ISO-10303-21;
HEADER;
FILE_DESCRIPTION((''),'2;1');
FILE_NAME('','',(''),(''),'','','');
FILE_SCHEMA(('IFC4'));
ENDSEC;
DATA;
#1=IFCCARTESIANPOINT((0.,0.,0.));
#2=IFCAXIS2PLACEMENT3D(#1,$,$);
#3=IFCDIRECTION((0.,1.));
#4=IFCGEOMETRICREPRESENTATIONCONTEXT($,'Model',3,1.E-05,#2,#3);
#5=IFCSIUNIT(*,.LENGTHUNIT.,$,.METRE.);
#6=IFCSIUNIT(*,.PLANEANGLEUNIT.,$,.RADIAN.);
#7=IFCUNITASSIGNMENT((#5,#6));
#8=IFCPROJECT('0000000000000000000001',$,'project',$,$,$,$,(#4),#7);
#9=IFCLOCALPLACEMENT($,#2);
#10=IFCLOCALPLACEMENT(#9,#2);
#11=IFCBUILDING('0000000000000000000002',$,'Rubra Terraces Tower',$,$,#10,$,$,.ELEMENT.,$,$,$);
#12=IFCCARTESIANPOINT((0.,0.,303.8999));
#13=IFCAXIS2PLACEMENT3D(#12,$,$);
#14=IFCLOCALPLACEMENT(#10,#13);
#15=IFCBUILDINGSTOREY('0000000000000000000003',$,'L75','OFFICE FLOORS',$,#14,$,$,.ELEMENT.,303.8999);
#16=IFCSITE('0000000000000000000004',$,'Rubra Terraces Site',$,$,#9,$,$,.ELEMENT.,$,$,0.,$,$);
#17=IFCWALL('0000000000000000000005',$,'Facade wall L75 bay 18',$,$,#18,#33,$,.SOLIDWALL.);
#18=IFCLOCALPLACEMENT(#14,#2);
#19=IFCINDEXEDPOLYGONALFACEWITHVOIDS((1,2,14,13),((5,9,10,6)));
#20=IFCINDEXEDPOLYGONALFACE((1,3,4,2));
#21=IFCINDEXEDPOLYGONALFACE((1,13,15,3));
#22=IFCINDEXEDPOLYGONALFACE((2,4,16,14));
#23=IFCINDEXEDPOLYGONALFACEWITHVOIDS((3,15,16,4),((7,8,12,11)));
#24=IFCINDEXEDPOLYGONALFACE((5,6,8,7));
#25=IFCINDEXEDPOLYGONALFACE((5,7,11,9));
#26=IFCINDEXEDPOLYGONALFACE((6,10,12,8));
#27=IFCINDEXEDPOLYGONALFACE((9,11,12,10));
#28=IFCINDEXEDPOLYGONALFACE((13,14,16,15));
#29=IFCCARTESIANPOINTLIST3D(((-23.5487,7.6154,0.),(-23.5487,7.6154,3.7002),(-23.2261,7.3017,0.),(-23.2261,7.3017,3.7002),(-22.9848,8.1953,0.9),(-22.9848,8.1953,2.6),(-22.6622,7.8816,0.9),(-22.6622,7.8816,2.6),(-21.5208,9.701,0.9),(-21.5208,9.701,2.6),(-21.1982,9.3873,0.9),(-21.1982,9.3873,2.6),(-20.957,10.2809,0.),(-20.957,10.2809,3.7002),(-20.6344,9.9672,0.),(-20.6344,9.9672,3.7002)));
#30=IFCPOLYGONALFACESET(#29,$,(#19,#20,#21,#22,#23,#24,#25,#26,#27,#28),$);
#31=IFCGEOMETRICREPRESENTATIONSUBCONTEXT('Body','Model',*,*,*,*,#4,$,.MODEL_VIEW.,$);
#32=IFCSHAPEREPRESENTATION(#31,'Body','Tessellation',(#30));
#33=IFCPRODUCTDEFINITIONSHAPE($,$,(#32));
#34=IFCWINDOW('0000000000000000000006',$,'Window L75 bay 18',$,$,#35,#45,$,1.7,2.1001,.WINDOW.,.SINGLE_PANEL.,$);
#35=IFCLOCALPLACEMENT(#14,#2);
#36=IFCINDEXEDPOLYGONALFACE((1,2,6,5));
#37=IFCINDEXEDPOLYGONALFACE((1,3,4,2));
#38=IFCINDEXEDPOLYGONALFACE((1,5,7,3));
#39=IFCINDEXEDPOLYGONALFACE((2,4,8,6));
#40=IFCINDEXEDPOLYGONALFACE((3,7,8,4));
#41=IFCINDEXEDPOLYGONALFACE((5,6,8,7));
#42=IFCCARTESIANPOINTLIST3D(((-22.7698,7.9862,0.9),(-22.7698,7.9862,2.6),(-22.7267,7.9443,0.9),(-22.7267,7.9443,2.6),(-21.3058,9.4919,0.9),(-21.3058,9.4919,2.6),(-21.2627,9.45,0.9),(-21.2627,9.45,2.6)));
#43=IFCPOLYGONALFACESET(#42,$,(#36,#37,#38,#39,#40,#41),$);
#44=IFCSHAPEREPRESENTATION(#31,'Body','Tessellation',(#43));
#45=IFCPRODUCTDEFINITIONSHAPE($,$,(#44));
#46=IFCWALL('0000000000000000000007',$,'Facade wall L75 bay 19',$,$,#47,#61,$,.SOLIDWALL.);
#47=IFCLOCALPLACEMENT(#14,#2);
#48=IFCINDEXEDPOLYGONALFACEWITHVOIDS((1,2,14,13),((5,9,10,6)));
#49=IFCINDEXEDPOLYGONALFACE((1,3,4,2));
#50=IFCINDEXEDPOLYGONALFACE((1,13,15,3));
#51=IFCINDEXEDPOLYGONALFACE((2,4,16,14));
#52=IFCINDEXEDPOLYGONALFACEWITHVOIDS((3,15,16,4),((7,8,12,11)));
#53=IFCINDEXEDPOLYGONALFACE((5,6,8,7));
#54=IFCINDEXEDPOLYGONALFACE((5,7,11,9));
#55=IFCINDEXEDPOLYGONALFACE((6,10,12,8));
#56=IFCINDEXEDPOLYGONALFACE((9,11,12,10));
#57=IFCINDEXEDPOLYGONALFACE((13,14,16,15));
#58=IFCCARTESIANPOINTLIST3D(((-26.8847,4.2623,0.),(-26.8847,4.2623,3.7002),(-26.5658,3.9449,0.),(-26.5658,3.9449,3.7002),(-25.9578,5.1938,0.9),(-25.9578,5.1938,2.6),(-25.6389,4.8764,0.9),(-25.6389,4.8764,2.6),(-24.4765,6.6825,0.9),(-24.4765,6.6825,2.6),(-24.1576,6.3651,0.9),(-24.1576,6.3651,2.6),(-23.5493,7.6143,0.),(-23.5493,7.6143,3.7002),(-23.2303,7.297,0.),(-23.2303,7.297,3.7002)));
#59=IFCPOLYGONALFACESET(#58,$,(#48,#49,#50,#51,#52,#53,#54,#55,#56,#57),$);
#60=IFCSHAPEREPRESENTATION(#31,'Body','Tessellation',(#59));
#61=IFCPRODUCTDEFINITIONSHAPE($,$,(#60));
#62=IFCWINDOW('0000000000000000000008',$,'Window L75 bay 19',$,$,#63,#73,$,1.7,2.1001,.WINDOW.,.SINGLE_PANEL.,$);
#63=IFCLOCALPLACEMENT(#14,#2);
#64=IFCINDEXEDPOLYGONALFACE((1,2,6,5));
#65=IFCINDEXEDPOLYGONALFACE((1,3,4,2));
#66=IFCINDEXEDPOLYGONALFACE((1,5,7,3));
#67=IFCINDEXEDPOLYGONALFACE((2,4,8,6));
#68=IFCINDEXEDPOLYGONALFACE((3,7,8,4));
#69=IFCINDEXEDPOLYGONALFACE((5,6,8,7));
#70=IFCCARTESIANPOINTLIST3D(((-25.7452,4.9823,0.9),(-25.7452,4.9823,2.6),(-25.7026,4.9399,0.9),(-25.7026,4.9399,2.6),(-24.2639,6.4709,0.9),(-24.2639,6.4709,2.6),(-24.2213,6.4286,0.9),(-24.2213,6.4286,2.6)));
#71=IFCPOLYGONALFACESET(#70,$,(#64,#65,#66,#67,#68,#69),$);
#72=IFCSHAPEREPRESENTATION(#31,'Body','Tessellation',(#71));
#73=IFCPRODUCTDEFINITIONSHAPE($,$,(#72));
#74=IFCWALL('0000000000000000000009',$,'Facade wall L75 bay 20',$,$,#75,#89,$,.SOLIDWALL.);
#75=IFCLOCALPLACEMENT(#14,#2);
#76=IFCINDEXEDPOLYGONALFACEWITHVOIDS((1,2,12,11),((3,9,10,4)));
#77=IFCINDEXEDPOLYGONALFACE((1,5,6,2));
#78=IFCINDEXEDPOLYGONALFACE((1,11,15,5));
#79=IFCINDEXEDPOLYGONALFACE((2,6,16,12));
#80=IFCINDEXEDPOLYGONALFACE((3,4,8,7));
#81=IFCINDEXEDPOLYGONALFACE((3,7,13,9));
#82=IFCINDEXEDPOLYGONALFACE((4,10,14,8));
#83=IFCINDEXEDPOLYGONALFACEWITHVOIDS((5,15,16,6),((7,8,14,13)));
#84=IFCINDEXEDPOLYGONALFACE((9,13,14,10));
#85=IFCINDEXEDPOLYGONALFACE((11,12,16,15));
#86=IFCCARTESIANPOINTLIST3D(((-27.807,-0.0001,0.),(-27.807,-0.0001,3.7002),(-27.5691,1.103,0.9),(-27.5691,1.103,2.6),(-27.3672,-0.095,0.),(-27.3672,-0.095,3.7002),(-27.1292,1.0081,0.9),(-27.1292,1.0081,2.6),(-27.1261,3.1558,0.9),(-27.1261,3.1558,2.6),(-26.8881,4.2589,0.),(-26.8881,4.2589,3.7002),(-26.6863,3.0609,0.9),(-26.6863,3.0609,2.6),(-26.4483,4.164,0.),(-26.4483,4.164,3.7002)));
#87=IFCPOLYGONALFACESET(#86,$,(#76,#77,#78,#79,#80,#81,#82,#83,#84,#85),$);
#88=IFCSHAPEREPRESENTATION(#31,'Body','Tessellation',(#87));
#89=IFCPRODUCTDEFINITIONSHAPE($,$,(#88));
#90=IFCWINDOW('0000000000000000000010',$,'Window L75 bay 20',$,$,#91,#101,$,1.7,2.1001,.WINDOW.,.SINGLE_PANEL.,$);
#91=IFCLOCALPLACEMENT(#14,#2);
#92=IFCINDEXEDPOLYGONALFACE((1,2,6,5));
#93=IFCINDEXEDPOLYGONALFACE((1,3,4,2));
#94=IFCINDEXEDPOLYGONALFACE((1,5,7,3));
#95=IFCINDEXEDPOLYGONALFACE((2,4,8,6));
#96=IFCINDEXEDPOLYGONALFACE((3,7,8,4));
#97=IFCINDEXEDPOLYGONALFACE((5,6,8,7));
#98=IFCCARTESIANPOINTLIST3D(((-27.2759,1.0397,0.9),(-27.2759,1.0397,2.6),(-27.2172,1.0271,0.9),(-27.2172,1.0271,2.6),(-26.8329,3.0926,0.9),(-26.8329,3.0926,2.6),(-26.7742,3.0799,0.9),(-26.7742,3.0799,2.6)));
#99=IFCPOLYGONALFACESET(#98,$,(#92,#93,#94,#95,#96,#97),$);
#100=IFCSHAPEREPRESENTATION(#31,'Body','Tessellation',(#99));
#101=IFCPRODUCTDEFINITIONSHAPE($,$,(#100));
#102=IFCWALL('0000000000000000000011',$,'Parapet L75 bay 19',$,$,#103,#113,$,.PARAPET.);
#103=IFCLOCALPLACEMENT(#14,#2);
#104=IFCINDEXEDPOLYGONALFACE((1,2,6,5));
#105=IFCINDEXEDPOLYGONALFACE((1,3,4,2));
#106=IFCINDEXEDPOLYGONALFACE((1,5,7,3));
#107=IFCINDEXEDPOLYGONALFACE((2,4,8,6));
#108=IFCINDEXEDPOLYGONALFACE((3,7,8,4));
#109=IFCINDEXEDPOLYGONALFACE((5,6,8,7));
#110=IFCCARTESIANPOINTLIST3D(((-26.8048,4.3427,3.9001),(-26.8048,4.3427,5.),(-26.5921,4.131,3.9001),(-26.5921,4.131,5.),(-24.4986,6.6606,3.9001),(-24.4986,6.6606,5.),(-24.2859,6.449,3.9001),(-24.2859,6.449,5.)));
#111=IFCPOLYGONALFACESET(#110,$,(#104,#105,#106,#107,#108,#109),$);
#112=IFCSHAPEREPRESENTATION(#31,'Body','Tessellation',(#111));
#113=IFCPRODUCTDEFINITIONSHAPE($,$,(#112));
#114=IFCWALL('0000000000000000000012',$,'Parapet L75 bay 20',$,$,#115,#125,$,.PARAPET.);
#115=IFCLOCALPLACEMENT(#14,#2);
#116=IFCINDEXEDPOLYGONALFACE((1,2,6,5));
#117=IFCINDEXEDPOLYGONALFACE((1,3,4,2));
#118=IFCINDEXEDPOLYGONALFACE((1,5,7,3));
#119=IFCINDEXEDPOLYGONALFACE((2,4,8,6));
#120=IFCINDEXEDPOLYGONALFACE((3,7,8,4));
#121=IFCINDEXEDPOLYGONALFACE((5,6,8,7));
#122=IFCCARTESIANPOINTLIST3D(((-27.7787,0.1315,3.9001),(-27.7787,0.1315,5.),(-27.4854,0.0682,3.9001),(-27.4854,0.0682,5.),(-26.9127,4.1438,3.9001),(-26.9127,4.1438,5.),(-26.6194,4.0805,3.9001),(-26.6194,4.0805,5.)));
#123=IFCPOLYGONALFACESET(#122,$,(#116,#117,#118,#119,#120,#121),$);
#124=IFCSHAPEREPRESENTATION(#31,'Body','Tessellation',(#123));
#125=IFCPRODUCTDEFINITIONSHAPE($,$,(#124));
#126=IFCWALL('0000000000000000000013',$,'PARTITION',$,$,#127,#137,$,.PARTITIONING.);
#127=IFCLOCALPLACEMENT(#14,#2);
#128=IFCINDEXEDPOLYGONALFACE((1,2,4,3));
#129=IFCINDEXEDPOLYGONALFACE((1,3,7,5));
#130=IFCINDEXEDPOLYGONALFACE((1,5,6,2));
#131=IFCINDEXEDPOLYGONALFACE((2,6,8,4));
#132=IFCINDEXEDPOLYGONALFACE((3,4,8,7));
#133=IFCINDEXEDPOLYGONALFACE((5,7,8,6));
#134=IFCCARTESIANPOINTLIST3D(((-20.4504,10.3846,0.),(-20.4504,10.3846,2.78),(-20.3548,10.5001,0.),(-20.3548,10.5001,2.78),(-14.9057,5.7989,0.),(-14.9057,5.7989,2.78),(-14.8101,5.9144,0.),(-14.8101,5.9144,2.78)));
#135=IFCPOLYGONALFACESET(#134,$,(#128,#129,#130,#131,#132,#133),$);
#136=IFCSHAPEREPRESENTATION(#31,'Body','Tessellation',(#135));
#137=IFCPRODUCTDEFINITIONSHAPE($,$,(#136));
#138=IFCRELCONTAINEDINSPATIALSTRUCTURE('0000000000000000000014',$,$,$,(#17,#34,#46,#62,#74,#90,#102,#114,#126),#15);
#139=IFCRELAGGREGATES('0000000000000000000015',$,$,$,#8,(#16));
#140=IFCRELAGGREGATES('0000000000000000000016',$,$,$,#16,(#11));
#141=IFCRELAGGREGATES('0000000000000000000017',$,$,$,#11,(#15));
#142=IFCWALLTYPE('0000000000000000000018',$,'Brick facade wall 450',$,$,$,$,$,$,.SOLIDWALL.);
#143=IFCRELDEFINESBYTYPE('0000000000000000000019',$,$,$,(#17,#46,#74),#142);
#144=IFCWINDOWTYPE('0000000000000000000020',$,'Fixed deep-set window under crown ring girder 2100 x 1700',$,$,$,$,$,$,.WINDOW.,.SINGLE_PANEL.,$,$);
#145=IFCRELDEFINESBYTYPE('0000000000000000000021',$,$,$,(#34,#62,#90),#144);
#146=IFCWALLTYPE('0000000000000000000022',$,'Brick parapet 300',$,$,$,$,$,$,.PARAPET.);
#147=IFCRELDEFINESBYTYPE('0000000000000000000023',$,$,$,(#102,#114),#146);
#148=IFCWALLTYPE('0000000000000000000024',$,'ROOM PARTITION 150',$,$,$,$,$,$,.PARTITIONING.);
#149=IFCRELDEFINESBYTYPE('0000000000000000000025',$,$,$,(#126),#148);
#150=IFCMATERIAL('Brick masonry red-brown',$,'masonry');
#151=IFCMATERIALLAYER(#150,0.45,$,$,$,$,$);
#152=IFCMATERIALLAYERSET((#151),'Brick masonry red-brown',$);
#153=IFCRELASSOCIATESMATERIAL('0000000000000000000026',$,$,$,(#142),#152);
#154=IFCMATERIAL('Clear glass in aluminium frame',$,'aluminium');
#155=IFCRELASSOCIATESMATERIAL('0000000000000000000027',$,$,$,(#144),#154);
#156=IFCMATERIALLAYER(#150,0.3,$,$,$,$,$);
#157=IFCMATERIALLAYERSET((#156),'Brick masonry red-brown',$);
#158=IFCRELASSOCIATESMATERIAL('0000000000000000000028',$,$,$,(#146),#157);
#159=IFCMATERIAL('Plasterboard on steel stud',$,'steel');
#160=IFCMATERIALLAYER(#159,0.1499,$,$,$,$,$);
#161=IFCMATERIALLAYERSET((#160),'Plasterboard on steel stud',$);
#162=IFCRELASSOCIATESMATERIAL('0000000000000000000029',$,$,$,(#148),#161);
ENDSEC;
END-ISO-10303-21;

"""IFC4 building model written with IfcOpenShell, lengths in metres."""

from ifc_helpers import new_model, si_unit, direction, frame, frame_2d, origin, place, context, subcontext, project, spatial, rectangle, extrude, material, layer, layer_set, type_object, element, fill, save


model = new_model("IFC4")

# Units and contexts
model_context = context("Model", 3, precision=1e-05, world=origin(), true_north=direction((0.0, 1.0)))
body_context = subcontext(model_context, "Body", "Model", "MODEL_VIEW")
ifc_project = project(units=[si_unit("LENGTHUNIT", "METRE"), si_unit("PLANEANGLEUNIT", "RADIAN")], contexts=[model_context])

# Site, building, storey
site_placement = place(None, origin())
site = spatial("IfcSite", under=ifc_project, at=site_placement, Name="Rubra Terraces Site", CompositionType="ELEMENT", RefElevation=0.0)
building_placement = place(site_placement, origin())
building = spatial("IfcBuilding", under=site, at=building_placement, Name="Rubra Terraces Tower", CompositionType="ELEMENT")
storey_placement = place(building_placement, frame((0.0, 0.0, 303.8999)))
storey = spatial("IfcBuildingStorey", under=building, at=storey_placement, Name="L75", Description="OFFICE FLOORS", CompositionType="ELEMENT", Elevation=303.8999)

# Walls, openings, windows
ifc_material_1 = material(Name="Brick masonry red-brown", Category="masonry")
ifc_layer_1 = layer(ifc_material_1, 0.45)
ifc_layer_set_1 = layer_set([ifc_layer_1], Name="Brick masonry red-brown")
wall_type_1 = type_object("IfcWallType", Name="Brick facade wall 450", PredefinedType="SOLIDWALL", material=ifc_layer_set_1)
wall_1_placement = place(storey_placement, frame((-20.7957, 10.124, 0.0), z_axis=(0.0, 0.0, 1.0), x_axis=(-0.697122, -0.716953, 0.0)))
wall_1 = element("IfcWall", 1, at=wall_1_placement, inside=storey, type_object=wall_type_1, Name="Facade wall L75 bay 18", PredefinedType="SOLIDWALL", context=body_context, shape_type="SweptSolid", body=[
    extrude(rectangle(XDim=3.7178, YDim=0.45, at=frame_2d((1.8589, 0.0))), origin(), (0.0, 0.0, 1.0), 3.7002),
])
opening_1_placement = place(wall_1_placement, frame((0.8088, 0.0, 0.8999)))
opening_1 = element("IfcOpeningElement", 2, at=opening_1_placement, cuts=wall_1, PredefinedType="OPENING", context=body_context, shape_type="SweptSolid", body=[
    extrude(rectangle(XDim=2.1001, YDim=1.7, at=frame_2d((1.05, 0.8501))), frame((0.0, 0.2349, 0.0), z_axis=(0.0, -1.0, 0.0), x_axis=(1.0, 0.0, 0.0)), (0.0, 0.0, 1.0), 0.47),
])
ifc_material_2 = material(Name="Clear glass in aluminium frame", Category="aluminium")
window_type = type_object("IfcWindowType", Name="Fixed deep-set window under crown ring girder 2100 x 1700", PartitioningType="SINGLE_PANEL", PredefinedType="WINDOW", material=ifc_material_2)
window_1_placement = place(opening_1_placement, origin())
window_1 = element("IfcWindow", 3, at=window_1_placement, inside=storey, type_object=window_type, Name="Window L75 bay 18", OverallHeight=1.7, OverallWidth=2.1001, PartitioningType="SINGLE_PANEL", PredefinedType="WINDOW", context=body_context, shape_type="SweptSolid", body=[
    extrude(rectangle(XDim=2.1001, YDim=1.7, at=frame_2d((1.05, 0.8501))), frame((0.0, 0.135, 0.0), z_axis=(0.0, -1.0, 0.0), x_axis=(1.0, 0.0, 0.0)), (0.0, 0.0, 1.0), 0.0601),
])
fill(opening_1, window_1)
wall_2_placement = place(storey_placement, frame((-23.3899, 7.4556, 0.0), z_axis=(0.0, 0.0, 1.0), x_axis=(-0.705349, -0.70886, 0.0)))
wall_2 = element("IfcWall", 4, at=wall_2_placement, inside=storey, type_object=wall_type_1, Name="Facade wall L75 bay 19", PredefinedType="SOLIDWALL", context=body_context, shape_type="SweptSolid", body=[
    extrude(rectangle(XDim=4.7288, YDim=0.45, at=frame_2d((2.3643, 0.0))), origin(), (0.0, 0.0, 1.0), 3.7002),
])
opening_2_placement = place(wall_2_placement, frame((1.3145, 0.0, 0.8999)))
opening_2 = element("IfcOpeningElement", 5, at=opening_2_placement, cuts=wall_2, PredefinedType="OPENING", context=body_context, shape_type="SweptSolid", body=[
    extrude(rectangle(XDim=2.1001, YDim=1.7, at=frame_2d((1.05, 0.8501))), frame((0.0, 0.2349, 0.0), z_axis=(0.0, -1.0, 0.0), x_axis=(1.0, 0.0, 0.0)), (0.0, 0.0, 1.0), 0.47),
])
window_2_placement = place(opening_2_placement, origin())
window_2 = element("IfcWindow", 6, at=window_2_placement, inside=storey, type_object=window_type, Name="Window L75 bay 19", OverallHeight=1.7, OverallWidth=2.1001, PartitioningType="SINGLE_PANEL", PredefinedType="WINDOW", context=body_context, shape_type="SweptSolid", body=[
    extrude(rectangle(XDim=2.1001, YDim=1.7, at=frame_2d((1.05, 0.8501))), frame((0.0, 0.135, 0.0), z_axis=(0.0, -1.0, 0.0), x_axis=(1.0, 0.0, 0.0)), (0.0, 0.0, 1.0), 0.0601),
])
fill(opening_2, window_2)
wall_3_placement = place(storey_placement, frame((-26.6682, 4.2114, 0.0), z_axis=(0.0, 0.0, 1.0), x_axis=(-0.21091, -0.977505, 0.0)))
wall_3 = element("IfcWall", 7, at=wall_3_placement, inside=storey, type_object=wall_type_1, Name="Facade wall L75 bay 20", PredefinedType="SOLIDWALL", context=body_context, shape_type="SweptSolid", body=[
    extrude(rectangle(XDim=4.3569, YDim=0.45, at=frame_2d((2.1785, 0.0))), origin(), (0.0, 0.0, 1.0), 3.7002),
])
opening_3_placement = place(wall_3_placement, frame((1.1284, 0.0, 0.8999)))
opening_3 = element("IfcOpeningElement", 8, at=opening_3_placement, cuts=wall_3, PredefinedType="OPENING", context=body_context, shape_type="SweptSolid", body=[
    extrude(rectangle(XDim=2.1001, YDim=1.7, at=frame_2d((1.05, 0.8501))), frame((0.0, 0.2349, 0.0), z_axis=(0.0, -1.0, 0.0), x_axis=(1.0, 0.0, 0.0)), (0.0, 0.0, 1.0), 0.47),
])
window_3_placement = place(opening_3_placement, origin())
window_3 = element("IfcWindow", 9, at=window_3_placement, inside=storey, type_object=window_type, Name="Window L75 bay 20", OverallHeight=1.7, OverallWidth=2.1001, PartitioningType="SINGLE_PANEL", PredefinedType="WINDOW", context=body_context, shape_type="SweptSolid", body=[
    extrude(rectangle(XDim=2.1001, YDim=1.7, at=frame_2d((1.05, 0.8501))), frame((0.0, 0.135, 0.0), z_axis=(0.0, -1.0, 0.0), x_axis=(1.0, 0.0, 0.0)), (0.0, 0.0, 1.0), 0.0601),
])
fill(opening_3, window_3)

# Walls
ifc_layer_2 = layer(ifc_material_1, 0.3)
ifc_layer_set_2 = layer_set([ifc_layer_2], Name="Brick masonry red-brown")
wall_type_2 = type_object("IfcWallType", Name="Brick parapet 300", PredefinedType="PARAPET", material=ifc_layer_set_2)
wall_4_placement = place(storey_placement, frame((-24.3923, 6.5547, 3.9001), z_axis=(0.0, 0.0, 1.0), x_axis=(-0.705312, -0.708897, 0.0)))
element("IfcWall", 10, at=wall_4_placement, inside=storey, type_object=wall_type_2, Name="Parapet L75 bay 19", PredefinedType="PARAPET", context=body_context, shape_type="SweptSolid", body=[
    extrude(rectangle(XDim=3.2698, YDim=0.3, at=frame_2d((1.6348, 0.0))), origin(), (0.0, 0.0, 1.0), 1.0999),
])
wall_5_placement = place(storey_placement, frame((-26.7661, 4.1121, 3.9001), z_axis=(0.0, 0.0, 1.0), x_axis=(-0.210963, -0.977494, 0.0)))
element("IfcWall", 11, at=wall_5_placement, inside=storey, type_object=wall_type_2, Name="Parapet L75 bay 20", PredefinedType="PARAPET", context=body_context, shape_type="SweptSolid", body=[
    extrude(rectangle(XDim=4.1047, YDim=0.3, at=frame_2d((2.0522, 0.0))), origin(), (0.0, 0.0, 1.0), 1.0999),
])

# Wall
ifc_material_3 = material(Name="Plasterboard on steel stud", Category="steel")
ifc_layer_3 = layer(ifc_material_3, 0.1499)
ifc_layer_set_3 = layer_set([ifc_layer_3], Name="Plasterboard on steel stud")
wall_type_3 = type_object("IfcWallType", Name="ROOM PARTITION 150", PredefinedType="PARTITIONING", material=ifc_layer_set_3)
wall_6_placement = place(storey_placement, frame((-20.4026, 10.4424, 0.0), z_axis=(0.0, 0.0, 1.0), x_axis=(0.770599, -0.63732, 0.0)))
element("IfcWall", 12, at=wall_6_placement, inside=storey, type_object=wall_type_3, Name="PARTITION", PredefinedType="PARTITIONING", context=body_context, shape_type="SweptSolid", body=[
    extrude(rectangle(XDim=7.1953, YDim=0.1499, at=frame_2d((3.5977, 0.0))), origin(), (0.0, 0.0, 1.0), 2.78),
])

save(model, "model.ifc")
